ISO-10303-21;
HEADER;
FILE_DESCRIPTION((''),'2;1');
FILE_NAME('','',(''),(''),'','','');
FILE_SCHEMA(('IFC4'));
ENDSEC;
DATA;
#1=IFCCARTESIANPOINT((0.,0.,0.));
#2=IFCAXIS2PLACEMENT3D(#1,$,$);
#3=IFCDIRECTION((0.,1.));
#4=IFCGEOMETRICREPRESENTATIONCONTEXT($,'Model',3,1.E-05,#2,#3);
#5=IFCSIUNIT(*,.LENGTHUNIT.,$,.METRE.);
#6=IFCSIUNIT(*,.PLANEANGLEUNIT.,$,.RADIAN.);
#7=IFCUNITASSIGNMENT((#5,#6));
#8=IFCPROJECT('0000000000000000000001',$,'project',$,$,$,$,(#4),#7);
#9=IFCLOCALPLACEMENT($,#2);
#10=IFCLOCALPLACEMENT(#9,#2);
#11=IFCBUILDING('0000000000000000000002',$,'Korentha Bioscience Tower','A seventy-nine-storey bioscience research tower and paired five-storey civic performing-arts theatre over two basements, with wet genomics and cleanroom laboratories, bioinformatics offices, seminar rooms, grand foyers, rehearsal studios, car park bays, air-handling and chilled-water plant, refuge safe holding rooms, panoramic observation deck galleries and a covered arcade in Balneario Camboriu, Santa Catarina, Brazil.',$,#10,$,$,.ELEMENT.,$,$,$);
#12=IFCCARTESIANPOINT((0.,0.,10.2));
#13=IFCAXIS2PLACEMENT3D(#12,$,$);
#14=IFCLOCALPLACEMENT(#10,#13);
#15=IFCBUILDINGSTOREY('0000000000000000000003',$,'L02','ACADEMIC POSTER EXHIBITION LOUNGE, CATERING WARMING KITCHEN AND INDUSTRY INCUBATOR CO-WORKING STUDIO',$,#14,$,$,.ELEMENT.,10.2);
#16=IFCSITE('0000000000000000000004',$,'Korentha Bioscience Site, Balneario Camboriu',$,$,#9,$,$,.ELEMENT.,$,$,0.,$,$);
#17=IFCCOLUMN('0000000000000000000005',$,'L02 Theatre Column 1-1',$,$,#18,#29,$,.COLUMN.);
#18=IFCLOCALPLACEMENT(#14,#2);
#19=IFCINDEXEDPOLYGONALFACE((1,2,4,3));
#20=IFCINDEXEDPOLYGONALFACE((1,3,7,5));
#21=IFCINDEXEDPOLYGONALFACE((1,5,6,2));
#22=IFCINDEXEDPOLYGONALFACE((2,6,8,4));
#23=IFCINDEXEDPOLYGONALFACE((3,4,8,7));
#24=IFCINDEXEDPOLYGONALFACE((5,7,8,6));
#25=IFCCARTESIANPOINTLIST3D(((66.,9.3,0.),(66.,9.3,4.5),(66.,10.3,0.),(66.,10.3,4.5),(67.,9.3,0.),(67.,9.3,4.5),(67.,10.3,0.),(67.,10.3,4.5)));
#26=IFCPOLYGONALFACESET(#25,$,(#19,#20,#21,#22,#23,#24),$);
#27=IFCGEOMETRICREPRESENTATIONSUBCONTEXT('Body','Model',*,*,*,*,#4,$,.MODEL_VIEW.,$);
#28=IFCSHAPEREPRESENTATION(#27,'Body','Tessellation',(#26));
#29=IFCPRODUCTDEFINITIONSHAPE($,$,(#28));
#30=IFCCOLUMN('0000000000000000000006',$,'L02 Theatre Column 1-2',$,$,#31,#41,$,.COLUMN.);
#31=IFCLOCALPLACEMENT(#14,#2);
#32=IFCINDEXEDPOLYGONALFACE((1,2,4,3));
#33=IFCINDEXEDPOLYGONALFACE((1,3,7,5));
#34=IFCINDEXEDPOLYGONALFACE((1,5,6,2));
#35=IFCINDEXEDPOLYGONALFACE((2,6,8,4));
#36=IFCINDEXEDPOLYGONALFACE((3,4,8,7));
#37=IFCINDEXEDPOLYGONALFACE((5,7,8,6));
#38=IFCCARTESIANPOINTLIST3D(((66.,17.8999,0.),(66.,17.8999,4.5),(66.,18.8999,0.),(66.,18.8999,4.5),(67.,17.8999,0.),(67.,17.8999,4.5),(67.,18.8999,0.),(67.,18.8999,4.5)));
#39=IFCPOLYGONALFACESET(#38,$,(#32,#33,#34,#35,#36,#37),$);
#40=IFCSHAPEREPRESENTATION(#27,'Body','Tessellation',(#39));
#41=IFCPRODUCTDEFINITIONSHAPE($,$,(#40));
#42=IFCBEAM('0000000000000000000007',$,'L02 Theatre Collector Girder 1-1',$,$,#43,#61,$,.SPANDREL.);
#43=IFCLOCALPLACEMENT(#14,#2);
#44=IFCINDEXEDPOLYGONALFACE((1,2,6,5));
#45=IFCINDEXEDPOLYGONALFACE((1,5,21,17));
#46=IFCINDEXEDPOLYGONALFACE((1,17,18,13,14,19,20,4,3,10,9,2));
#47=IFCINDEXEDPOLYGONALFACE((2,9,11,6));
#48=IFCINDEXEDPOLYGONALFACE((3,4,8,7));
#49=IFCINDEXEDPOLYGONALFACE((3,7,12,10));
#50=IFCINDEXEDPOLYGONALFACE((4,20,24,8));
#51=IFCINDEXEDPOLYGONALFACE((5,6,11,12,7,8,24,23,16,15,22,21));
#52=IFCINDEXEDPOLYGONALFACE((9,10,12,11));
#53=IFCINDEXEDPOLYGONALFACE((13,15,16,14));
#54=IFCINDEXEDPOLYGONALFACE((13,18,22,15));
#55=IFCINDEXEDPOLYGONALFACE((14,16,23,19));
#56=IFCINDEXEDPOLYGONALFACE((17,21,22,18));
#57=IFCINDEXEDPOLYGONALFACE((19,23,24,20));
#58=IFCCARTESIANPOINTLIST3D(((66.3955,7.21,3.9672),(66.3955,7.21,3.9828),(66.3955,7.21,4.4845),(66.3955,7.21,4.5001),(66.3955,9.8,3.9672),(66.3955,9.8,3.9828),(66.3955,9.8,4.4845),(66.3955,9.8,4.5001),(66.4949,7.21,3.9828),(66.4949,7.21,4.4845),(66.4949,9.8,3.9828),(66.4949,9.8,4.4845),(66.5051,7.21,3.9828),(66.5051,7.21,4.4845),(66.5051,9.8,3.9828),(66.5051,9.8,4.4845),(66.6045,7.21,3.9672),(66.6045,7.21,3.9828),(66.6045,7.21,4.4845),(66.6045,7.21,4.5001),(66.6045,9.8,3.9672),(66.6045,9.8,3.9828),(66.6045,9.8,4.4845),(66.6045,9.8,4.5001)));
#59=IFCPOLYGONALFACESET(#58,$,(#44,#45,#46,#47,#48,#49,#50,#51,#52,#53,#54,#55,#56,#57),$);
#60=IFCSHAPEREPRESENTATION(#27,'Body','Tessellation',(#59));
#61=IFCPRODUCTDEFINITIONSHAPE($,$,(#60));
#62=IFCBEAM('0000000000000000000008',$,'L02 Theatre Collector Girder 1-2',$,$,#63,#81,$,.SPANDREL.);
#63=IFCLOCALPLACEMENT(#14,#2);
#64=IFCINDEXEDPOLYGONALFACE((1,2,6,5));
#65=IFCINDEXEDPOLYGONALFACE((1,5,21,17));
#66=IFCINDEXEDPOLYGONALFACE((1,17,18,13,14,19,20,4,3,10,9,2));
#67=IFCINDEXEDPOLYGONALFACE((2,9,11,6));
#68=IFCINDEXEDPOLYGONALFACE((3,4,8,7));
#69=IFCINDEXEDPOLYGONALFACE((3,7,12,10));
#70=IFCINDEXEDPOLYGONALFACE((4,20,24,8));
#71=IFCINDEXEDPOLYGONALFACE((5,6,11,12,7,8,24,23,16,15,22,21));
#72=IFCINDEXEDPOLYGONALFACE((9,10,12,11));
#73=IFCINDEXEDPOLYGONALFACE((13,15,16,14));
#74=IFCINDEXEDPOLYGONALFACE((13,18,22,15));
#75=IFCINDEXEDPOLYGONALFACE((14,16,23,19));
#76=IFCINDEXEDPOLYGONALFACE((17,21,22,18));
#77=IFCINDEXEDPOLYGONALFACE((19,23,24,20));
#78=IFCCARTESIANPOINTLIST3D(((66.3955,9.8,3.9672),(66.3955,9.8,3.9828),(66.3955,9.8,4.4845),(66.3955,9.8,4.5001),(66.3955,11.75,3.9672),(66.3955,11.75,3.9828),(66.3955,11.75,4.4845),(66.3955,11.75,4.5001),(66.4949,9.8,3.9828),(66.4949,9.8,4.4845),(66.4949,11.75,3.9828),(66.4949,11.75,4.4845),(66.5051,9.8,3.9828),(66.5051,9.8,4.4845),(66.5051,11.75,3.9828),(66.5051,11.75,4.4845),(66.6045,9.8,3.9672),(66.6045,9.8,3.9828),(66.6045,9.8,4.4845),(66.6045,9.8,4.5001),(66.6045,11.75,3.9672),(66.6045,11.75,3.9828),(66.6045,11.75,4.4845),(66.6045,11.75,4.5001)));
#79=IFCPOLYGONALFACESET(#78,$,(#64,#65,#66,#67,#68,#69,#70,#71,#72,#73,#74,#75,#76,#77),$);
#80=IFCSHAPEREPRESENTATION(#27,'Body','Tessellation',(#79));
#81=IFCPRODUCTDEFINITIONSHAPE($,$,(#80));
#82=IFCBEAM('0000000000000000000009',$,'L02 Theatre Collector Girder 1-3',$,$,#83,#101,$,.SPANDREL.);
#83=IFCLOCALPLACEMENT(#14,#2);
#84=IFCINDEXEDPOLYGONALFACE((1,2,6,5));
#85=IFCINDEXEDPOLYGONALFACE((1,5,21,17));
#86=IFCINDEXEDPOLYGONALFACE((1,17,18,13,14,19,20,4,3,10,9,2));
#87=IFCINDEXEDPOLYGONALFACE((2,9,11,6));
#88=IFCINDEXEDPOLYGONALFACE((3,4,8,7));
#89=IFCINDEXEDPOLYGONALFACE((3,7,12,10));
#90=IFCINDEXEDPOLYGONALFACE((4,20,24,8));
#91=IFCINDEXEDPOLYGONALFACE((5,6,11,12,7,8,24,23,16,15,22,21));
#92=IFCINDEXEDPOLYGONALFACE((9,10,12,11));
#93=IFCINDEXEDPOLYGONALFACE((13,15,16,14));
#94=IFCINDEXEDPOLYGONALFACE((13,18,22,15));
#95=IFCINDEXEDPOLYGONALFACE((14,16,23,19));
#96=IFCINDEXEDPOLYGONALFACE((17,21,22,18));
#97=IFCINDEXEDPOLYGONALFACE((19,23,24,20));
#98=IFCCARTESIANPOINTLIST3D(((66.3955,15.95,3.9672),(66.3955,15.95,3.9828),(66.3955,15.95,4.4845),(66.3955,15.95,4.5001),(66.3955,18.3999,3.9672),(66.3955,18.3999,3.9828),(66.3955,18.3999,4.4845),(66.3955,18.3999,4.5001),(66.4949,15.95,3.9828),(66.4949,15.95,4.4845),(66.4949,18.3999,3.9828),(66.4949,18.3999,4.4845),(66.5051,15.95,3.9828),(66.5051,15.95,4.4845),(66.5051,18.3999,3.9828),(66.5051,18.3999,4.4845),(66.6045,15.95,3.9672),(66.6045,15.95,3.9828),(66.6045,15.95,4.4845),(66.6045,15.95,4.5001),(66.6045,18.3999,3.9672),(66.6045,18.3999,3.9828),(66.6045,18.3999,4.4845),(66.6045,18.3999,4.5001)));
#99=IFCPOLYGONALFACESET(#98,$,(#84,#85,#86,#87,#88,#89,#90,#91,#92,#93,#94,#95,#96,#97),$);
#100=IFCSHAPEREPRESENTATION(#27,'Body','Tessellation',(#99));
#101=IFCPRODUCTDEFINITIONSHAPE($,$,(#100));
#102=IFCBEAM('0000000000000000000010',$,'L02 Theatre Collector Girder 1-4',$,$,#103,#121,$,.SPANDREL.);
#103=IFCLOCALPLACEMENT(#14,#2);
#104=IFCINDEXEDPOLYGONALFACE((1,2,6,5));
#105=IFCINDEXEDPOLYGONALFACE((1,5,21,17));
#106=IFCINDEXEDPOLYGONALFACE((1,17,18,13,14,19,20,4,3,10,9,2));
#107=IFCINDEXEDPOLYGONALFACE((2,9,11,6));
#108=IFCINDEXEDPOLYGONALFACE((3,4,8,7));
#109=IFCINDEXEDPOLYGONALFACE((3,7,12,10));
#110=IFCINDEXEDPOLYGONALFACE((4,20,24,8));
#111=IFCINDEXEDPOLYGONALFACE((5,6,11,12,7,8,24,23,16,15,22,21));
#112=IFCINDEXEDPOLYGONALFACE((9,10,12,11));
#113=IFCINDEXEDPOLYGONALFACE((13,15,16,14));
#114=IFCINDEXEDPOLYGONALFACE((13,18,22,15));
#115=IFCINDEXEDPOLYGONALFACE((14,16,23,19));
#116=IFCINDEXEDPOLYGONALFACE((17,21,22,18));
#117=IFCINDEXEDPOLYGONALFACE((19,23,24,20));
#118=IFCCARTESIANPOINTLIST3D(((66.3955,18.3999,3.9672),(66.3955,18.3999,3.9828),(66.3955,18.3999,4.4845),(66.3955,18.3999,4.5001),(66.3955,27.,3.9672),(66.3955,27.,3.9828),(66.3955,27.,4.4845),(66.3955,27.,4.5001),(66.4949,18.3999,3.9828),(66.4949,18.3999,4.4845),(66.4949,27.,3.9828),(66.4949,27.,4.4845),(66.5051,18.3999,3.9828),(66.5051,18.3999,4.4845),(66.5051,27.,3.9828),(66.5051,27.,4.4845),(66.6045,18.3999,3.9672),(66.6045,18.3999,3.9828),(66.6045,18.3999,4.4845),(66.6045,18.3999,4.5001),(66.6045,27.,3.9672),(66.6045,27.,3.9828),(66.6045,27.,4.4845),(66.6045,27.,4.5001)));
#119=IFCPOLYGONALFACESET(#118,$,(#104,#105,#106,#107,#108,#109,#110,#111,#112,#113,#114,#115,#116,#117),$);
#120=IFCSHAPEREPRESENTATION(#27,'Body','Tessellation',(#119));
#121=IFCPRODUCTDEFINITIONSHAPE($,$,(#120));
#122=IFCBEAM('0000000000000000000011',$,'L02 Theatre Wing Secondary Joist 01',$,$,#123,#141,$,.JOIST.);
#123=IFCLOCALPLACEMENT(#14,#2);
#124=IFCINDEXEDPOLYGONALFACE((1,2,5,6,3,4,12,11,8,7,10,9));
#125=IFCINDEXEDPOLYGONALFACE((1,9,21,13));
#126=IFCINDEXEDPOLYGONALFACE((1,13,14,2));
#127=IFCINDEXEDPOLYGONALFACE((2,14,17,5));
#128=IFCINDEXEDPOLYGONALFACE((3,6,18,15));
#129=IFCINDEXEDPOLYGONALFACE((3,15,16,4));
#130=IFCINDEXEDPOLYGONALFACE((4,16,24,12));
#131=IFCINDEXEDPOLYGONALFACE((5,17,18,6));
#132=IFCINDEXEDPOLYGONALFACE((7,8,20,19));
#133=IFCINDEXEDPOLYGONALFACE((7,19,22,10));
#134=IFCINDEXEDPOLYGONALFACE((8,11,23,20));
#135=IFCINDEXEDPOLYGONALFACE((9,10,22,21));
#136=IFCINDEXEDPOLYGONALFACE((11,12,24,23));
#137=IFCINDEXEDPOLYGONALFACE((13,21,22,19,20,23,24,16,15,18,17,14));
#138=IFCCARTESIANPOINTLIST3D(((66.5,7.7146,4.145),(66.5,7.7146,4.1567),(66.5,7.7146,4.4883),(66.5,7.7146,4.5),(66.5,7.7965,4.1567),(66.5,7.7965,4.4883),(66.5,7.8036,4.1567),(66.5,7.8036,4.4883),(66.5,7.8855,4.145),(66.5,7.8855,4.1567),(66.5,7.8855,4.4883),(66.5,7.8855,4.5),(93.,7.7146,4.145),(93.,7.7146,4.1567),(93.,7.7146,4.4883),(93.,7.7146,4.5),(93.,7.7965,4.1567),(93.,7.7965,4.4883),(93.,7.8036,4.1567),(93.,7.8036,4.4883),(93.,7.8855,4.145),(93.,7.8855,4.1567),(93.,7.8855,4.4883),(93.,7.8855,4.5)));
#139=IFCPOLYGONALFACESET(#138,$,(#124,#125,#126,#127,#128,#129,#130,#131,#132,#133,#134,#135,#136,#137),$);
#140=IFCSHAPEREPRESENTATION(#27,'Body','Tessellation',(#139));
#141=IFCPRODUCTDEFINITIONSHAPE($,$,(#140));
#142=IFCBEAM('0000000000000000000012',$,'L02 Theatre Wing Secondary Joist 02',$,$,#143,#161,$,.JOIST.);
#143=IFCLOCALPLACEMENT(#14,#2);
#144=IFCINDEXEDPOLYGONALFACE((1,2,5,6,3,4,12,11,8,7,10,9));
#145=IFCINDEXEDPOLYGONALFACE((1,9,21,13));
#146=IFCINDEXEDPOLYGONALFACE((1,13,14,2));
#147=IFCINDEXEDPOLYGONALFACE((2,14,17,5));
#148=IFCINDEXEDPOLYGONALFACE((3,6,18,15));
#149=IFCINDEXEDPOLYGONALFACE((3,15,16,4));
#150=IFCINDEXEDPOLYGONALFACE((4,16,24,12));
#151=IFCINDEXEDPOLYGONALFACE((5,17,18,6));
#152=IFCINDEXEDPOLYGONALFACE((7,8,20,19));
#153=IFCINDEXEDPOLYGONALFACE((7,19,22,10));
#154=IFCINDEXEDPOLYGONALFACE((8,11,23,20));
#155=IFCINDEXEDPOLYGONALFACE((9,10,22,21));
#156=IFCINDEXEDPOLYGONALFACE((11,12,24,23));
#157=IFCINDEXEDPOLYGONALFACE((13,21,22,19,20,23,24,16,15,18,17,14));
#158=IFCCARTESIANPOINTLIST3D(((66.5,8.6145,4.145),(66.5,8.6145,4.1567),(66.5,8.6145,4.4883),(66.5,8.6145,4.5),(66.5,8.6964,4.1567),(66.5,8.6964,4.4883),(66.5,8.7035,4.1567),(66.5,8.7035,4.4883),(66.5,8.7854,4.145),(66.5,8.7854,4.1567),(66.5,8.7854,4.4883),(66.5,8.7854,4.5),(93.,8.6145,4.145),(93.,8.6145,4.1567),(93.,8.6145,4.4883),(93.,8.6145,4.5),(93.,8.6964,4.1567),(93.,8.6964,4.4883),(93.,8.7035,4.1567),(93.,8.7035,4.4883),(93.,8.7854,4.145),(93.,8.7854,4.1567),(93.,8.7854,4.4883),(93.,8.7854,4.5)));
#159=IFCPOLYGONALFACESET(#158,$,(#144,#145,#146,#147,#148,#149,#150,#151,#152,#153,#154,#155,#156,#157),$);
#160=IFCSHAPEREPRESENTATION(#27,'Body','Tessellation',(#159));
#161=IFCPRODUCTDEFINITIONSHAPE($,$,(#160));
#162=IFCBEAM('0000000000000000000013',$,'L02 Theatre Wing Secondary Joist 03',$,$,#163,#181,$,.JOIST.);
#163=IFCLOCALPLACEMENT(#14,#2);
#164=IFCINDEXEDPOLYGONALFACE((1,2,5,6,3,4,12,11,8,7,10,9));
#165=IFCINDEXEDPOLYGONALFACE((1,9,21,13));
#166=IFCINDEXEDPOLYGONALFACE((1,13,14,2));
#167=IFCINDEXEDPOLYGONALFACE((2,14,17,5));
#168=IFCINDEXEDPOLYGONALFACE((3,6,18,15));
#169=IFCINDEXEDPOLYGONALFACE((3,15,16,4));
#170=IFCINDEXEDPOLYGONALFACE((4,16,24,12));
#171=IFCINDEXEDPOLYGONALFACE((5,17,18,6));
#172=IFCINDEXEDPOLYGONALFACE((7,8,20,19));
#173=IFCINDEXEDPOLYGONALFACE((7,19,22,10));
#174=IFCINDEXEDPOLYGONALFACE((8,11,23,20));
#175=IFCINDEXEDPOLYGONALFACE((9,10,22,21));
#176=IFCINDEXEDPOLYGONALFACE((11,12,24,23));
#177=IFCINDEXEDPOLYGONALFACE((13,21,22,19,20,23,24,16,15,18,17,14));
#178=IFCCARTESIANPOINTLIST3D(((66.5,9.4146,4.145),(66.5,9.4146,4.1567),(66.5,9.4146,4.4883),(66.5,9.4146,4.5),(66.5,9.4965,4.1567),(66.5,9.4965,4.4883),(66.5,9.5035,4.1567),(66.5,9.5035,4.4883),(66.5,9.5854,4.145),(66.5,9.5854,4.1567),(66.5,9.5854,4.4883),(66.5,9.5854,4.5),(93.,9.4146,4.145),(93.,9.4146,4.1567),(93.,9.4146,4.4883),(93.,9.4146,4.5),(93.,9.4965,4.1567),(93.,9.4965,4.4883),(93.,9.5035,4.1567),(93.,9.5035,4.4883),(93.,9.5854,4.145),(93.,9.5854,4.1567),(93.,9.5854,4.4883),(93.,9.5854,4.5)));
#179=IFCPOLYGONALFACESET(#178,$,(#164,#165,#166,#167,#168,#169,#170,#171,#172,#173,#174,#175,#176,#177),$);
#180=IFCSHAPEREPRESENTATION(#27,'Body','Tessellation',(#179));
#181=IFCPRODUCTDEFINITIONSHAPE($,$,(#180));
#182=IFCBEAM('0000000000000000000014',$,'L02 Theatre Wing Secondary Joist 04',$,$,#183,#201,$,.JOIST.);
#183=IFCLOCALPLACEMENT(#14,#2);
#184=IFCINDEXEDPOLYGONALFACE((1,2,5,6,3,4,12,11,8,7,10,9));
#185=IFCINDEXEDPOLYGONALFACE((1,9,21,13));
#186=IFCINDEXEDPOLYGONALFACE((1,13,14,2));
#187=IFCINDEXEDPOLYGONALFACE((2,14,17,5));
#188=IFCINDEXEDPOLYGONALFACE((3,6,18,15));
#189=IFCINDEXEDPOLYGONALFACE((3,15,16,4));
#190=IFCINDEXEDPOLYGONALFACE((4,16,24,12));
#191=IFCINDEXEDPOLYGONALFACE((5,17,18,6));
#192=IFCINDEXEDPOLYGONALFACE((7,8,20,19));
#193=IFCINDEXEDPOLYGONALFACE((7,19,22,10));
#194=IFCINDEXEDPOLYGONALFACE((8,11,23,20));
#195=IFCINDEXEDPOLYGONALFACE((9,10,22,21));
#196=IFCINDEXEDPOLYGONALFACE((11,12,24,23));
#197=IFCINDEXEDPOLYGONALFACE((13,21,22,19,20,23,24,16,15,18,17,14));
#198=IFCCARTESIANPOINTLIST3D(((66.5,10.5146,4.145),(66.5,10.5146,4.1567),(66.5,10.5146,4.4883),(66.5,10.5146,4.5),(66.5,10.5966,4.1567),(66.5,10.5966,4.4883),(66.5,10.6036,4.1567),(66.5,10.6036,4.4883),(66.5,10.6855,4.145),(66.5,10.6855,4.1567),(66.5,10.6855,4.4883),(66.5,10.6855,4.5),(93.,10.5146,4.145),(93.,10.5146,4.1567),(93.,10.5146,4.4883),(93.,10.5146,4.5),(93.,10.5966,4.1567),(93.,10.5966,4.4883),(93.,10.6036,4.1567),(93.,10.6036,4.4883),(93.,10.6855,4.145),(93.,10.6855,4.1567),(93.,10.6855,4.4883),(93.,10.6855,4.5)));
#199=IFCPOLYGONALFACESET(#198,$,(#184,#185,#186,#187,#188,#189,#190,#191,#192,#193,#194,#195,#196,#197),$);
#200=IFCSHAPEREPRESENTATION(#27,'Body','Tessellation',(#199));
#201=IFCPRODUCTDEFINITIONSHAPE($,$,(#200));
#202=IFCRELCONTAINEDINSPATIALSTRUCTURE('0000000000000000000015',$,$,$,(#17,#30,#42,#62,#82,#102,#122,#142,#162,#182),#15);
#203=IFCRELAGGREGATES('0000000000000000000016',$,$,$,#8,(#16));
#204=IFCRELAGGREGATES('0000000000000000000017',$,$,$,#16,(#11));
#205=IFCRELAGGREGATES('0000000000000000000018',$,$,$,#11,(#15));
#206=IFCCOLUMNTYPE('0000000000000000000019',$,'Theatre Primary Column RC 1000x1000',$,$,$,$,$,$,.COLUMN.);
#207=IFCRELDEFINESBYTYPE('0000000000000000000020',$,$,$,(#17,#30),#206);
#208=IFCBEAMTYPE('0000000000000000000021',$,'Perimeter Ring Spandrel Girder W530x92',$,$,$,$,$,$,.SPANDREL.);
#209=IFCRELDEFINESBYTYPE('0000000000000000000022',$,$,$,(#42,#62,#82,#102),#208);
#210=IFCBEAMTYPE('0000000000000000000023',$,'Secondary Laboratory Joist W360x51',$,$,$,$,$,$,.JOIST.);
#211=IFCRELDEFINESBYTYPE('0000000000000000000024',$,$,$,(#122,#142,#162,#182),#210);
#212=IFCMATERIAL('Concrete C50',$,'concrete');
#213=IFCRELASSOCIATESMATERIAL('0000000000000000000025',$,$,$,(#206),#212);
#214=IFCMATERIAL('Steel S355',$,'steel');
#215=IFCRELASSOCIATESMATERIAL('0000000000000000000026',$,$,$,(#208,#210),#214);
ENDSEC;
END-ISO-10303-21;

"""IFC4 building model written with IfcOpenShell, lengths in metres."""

from ifc_helpers import new_model, si_unit, direction, frame, origin, origin_2d, place, context, subcontext, project, spatial, rectangle, i_section, extrude, material, material_profile, profile_set, type_object, element, save


model = new_model("IFC4")

# Units and contexts
model_context = context("Model", 3, precision=1e-05, world=origin(), true_north=direction((0.0, 1.0)))
body_context = subcontext(model_context, "Body", "Model", "MODEL_VIEW")
ifc_project = project(units=[si_unit("LENGTHUNIT", "METRE"), si_unit("PLANEANGLEUNIT", "RADIAN")], contexts=[model_context])

# Site, building, storey
site_placement = place(None, origin())
site = spatial("IfcSite", under=ifc_project, at=site_placement, Name="Korentha Bioscience Site, Balneario Camboriu", CompositionType="ELEMENT", RefElevation=0.0)
building_placement = place(site_placement, origin())
building = spatial("IfcBuilding", under=site, at=building_placement, Name="Korentha Bioscience Tower", Description="A seventy-nine-storey bioscience research tower and paired five-storey civic performing-arts theatre over two basements, with wet genomics and cleanroom laboratories, bioinformatics offices, seminar rooms, grand foyers, rehearsal studios, car park bays, air-handling and chilled-water plant, refuge safe holding rooms, panoramic observation deck galleries and a covered arcade in Balneario Camboriu, Santa Catarina, Brazil.", CompositionType="ELEMENT")
storey_placement = place(building_placement, frame((0.0, 0.0, 10.2)))
storey = spatial("IfcBuildingStorey", under=building, at=storey_placement, Name="L02", Description="ACADEMIC POSTER EXHIBITION LOUNGE, CATERING WARMING KITCHEN AND INDUSTRY INCUBATOR CO-WORKING STUDIO", CompositionType="ELEMENT", Elevation=10.2)

# Columns
ifc_material_1 = material(Name="Concrete C50", Category="concrete")
ifc_material_profile_1 = material_profile(ifc_material_1, rectangle(XDim=1.0, YDim=1.0, at=origin_2d()), Name="Concrete C50")
ifc_profile_set_1 = profile_set([ifc_material_profile_1], Name="Concrete C50 (TC-01)")
column_type = type_object("IfcColumnType", Name="Theatre Primary Column RC 1000x1000", PredefinedType="COLUMN", material=ifc_profile_set_1)
for number, where, z_axis, x_axis, name in (
    (1, (66.5, 9.8, 0.0), (0.0, 0.0, 1.0), (1.0, 0.0, 0.0), "L02 Theatre Column 1-1"),
    (2, (66.5, 18.3999, 0.0), (0.0, 0.0, 1.0), (1.0, 0.0, 0.0), "L02 Theatre Column 1-2"),
):
    element("IfcColumn", number, at=place(storey_placement, frame(where, z_axis=z_axis, x_axis=x_axis)), inside=storey, type_object=column_type, Name=name, PredefinedType="COLUMN", context=body_context, shape_type="SweptSolid", body=[
        extrude(rectangle(XDim=1.0, YDim=1.0, at=origin_2d()), origin(), (0.0, 0.0, 1.0), 4.5),
    ])

# Beams
ifc_material_2 = material(Name="Steel S355", Category="steel")
ifc_material_profile_2 = material_profile(ifc_material_2, i_section(OverallWidth=0.209, OverallDepth=0.533, WebThickness=0.0103, FlangeThickness=0.0156, at=origin_2d()), Name="Steel S355")
ifc_profile_set_2 = profile_set([ifc_material_profile_2], Name="Steel S355 (SB-530)")
beam_type_1 = type_object("IfcBeamType", Name="Perimeter Ring Spandrel Girder W530x92", PredefinedType="SPANDREL", material=ifc_profile_set_2)
beam_1_placement = place(storey_placement, frame((66.5, 7.21, 4.2336), z_axis=(0.0, 1.0, 0.0), x_axis=(-1.0, 0.0, 0.0)))
element("IfcBeam", 3, at=beam_1_placement, inside=storey, type_object=beam_type_1, Name="L02 Theatre Collector Girder 1-1", PredefinedType="SPANDREL", context=body_context, shape_type="SweptSolid", body=[
    extrude(i_section(OverallWidth=0.209, OverallDepth=0.533, WebThickness=0.0103, FlangeThickness=0.0156, at=origin_2d()), origin(), (0.0, 0.0, 1.0), 2.5901),
])
beam_2_placement = place(storey_placement, frame((66.5, 9.8, 4.2336), z_axis=(0.0, 1.0, 0.0), x_axis=(-1.0, 0.0, 0.0)))
element("IfcBeam", 4, at=beam_2_placement, inside=storey, type_object=beam_type_1, Name="L02 Theatre Collector Girder 1-2", PredefinedType="SPANDREL", context=body_context, shape_type="SweptSolid", body=[
    extrude(i_section(OverallWidth=0.209, OverallDepth=0.533, WebThickness=0.0103, FlangeThickness=0.0156, at=origin_2d()), origin(), (0.0, 0.0, 1.0), 1.95),
])
beam_3_placement = place(storey_placement, frame((66.5, 15.95, 4.2336), z_axis=(0.0, 1.0, 0.0), x_axis=(-1.0, 0.0, 0.0)))
element("IfcBeam", 5, at=beam_3_placement, inside=storey, type_object=beam_type_1, Name="L02 Theatre Collector Girder 1-3", PredefinedType="SPANDREL", context=body_context, shape_type="SweptSolid", body=[
    extrude(i_section(OverallWidth=0.209, OverallDepth=0.533, WebThickness=0.0103, FlangeThickness=0.0156, at=origin_2d()), origin(), (0.0, 0.0, 1.0), 2.45),
])
beam_4_placement = place(storey_placement, frame((66.5, 18.3999, 4.2336), z_axis=(0.0, 1.0, 0.0), x_axis=(-1.0, 0.0, 0.0)))
element("IfcBeam", 6, at=beam_4_placement, inside=storey, type_object=beam_type_1, Name="L02 Theatre Collector Girder 1-4", PredefinedType="SPANDREL", context=body_context, shape_type="SweptSolid", body=[
    extrude(i_section(OverallWidth=0.209, OverallDepth=0.533, WebThickness=0.0103, FlangeThickness=0.0156, at=origin_2d()), origin(), (0.0, 0.0, 1.0), 8.6001),
])
ifc_material_profile_3 = material_profile(ifc_material_2, i_section(OverallWidth=0.1709, OverallDepth=0.355, WebThickness=0.0071, FlangeThickness=0.0117, at=origin_2d()), Name="Steel S355")
ifc_profile_set_3 = profile_set([ifc_material_profile_3], Name="Steel S355 (JB-360)")
beam_type_2 = type_object("IfcBeamType", Name="Secondary Laboratory Joist W360x51", PredefinedType="JOIST", material=ifc_profile_set_3)
for number, where, z_axis, x_axis, name in (
    (7, (66.5, 7.8, 4.3225), (1.0, 0.0, 0.0), (0.0, 1.0, 0.0), "L02 Theatre Wing Secondary Joist 01"),
    (8, (66.5, 8.7, 4.3225), (1.0, 0.0, 0.0), (0.0, 1.0, 0.0), "L02 Theatre Wing Secondary Joist 02"),
    (9, (66.5, 9.5, 4.3225), (1.0, 0.0, 0.0), (0.0, 1.0, 0.0), "L02 Theatre Wing Secondary Joist 03"),
    (10, (66.5, 10.6001, 4.3225), (1.0, 0.0, 0.0), (0.0, 1.0, 0.0), "L02 Theatre Wing Secondary Joist 04"),
):
    element("IfcBeam", number, at=place(storey_placement, frame(where, z_axis=z_axis, x_axis=x_axis)), inside=storey, type_object=beam_type_2, Name=name, PredefinedType="JOIST", context=body_context, shape_type="SweptSolid", body=[
        extrude(i_section(OverallWidth=0.1709, OverallDepth=0.355, WebThickness=0.0071, FlangeThickness=0.0117, at=origin_2d()), origin(), (0.0, 0.0, 1.0), 26.5),
    ])

save(model, "model.ifc")
